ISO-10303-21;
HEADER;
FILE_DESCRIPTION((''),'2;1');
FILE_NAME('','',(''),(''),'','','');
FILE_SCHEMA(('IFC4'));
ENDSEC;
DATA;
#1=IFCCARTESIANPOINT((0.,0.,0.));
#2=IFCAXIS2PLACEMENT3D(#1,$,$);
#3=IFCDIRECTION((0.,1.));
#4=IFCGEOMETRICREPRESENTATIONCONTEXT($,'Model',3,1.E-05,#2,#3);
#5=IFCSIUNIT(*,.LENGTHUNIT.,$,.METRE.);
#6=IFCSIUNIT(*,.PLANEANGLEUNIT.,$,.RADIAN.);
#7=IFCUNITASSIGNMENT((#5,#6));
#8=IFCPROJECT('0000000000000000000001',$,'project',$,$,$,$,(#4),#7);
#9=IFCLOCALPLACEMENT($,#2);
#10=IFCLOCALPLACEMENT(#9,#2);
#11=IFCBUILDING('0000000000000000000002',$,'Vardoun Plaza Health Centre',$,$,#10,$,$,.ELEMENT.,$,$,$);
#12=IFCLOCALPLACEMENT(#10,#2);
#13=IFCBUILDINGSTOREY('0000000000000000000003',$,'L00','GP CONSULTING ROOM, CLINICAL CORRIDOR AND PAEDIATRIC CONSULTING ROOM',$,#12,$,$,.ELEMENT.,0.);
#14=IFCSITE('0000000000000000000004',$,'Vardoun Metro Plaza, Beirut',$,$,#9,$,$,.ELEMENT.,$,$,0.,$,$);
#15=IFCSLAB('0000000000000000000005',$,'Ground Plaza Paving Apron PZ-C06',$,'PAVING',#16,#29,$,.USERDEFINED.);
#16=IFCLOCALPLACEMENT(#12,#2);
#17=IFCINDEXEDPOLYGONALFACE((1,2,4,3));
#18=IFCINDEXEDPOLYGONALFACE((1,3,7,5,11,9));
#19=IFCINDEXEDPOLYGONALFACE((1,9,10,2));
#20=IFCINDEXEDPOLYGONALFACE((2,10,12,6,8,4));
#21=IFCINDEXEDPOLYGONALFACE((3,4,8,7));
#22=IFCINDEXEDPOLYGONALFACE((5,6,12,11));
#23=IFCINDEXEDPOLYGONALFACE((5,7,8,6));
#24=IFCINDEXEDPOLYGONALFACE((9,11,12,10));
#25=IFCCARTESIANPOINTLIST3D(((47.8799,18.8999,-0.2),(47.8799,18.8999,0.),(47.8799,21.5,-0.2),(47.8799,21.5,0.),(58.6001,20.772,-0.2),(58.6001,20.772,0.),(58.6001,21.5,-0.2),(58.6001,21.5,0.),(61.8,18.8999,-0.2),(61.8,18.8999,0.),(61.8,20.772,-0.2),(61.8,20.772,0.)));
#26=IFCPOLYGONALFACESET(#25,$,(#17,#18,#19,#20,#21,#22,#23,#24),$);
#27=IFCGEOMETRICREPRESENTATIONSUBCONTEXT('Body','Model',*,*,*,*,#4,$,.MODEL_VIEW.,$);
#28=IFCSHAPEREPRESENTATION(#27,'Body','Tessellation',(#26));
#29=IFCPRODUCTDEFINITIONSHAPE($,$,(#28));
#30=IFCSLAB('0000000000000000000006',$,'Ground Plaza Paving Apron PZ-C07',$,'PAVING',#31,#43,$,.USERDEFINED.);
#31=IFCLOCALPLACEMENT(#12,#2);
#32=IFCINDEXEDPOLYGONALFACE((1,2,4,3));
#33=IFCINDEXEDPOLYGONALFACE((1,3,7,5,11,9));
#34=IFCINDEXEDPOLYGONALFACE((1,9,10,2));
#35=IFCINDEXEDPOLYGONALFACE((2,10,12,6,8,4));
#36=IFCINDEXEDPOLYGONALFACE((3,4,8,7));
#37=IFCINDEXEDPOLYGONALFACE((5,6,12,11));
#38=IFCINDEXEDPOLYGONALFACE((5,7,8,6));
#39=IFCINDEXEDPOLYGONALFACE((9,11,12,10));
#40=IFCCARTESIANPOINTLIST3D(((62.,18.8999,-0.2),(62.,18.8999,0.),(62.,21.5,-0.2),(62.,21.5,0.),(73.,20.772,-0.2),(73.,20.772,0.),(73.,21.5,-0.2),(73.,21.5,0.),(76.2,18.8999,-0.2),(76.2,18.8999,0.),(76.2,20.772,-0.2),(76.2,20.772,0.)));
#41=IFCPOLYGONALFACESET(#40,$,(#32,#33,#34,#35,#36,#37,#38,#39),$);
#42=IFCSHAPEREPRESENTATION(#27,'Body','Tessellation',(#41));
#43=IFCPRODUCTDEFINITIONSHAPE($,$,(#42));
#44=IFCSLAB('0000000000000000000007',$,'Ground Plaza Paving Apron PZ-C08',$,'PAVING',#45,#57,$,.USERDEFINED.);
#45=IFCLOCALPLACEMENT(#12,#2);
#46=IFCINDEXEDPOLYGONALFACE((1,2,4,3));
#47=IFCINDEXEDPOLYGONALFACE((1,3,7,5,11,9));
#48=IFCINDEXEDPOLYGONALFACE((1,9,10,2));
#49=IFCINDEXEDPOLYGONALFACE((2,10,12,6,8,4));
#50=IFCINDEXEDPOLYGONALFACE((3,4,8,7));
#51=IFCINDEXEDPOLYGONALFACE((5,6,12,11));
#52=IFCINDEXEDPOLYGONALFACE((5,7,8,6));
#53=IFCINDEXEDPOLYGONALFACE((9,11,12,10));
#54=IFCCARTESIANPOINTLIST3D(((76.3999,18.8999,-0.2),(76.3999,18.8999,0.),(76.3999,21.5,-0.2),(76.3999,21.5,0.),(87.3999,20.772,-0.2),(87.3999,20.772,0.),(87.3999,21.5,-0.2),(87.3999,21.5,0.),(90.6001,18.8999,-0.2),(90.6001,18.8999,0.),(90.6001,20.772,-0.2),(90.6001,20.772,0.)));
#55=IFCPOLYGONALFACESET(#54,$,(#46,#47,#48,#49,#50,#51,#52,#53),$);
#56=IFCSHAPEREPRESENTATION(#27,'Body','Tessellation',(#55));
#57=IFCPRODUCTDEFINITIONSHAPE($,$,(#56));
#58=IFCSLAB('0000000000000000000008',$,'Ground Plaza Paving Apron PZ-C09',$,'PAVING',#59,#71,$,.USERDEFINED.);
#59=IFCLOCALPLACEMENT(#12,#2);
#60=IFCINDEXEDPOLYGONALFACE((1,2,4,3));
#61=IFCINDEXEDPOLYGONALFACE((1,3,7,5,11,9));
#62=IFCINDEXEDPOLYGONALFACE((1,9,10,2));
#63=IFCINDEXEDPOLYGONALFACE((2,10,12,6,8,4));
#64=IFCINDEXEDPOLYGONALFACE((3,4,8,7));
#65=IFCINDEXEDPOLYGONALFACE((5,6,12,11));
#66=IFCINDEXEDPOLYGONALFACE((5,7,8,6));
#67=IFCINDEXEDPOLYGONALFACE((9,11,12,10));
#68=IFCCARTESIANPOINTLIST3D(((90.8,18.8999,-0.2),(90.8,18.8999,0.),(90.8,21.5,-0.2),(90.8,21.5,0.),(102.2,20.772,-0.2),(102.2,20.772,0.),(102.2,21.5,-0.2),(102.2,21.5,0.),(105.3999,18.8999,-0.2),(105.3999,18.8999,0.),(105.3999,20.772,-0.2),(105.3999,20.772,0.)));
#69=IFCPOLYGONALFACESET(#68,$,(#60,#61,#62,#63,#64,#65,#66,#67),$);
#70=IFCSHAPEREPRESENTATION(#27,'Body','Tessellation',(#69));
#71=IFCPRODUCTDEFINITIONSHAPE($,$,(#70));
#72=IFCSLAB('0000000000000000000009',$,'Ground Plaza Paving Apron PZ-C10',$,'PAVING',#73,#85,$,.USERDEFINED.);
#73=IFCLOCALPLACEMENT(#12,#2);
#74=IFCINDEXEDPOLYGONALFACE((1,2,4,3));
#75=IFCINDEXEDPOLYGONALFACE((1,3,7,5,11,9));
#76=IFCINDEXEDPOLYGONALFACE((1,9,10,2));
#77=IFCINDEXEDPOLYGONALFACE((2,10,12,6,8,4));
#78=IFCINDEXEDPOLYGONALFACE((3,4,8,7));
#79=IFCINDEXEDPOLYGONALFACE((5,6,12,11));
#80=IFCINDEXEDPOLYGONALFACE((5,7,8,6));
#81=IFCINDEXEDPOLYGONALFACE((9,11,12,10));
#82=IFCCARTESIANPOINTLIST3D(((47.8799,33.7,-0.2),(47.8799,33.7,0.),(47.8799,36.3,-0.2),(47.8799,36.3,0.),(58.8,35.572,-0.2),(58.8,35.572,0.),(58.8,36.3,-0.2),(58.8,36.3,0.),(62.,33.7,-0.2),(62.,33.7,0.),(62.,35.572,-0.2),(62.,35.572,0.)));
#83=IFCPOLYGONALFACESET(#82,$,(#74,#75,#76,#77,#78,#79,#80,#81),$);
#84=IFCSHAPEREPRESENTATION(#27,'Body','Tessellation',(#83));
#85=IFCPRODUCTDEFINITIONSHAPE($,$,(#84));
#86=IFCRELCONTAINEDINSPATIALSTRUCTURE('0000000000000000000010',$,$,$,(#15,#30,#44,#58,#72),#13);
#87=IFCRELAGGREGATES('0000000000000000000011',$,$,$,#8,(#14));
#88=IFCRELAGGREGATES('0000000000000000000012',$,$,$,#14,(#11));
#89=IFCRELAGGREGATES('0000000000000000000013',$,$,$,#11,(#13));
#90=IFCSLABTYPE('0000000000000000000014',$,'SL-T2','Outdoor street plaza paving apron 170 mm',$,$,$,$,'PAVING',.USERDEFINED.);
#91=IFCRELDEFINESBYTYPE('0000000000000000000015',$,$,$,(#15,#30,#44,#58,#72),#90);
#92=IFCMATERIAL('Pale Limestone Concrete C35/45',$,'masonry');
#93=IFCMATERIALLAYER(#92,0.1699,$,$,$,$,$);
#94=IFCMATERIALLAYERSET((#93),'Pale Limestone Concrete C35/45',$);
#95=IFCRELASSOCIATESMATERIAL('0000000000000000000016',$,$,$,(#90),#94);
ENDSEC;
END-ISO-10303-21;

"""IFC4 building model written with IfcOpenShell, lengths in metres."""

from ifc_helpers import new_model, si_unit, direction, frame, origin, place, context, subcontext, project, spatial, polyline, outline, extrude, material, layer, layer_set, type_object, element, save


model = new_model("IFC4")

# Units and contexts
model_context = context("Model", 3, precision=1e-05, world=origin(), true_north=direction((0.0, 1.0)))
body_context = subcontext(model_context, "Body", "Model", "MODEL_VIEW")
ifc_project = project(units=[si_unit("LENGTHUNIT", "METRE"), si_unit("PLANEANGLEUNIT", "RADIAN")], contexts=[model_context])

# Site, building, storey
site_placement = place(None, origin())
site = spatial("IfcSite", under=ifc_project, at=site_placement, Name="Vardoun Metro Plaza, Beirut", CompositionType="ELEMENT", RefElevation=0.0)
building_placement = place(site_placement, origin())
building = spatial("IfcBuilding", under=site, at=building_placement, Name="Vardoun Plaza Health Centre", CompositionType="ELEMENT")
storey_placement = place(building_placement, origin())
storey = spatial("IfcBuildingStorey", under=building, at=storey_placement, Name="L00", Description="GP CONSULTING ROOM, CLINICAL CORRIDOR AND PAEDIATRIC CONSULTING ROOM", CompositionType="ELEMENT", Elevation=0.0)

# Slabs
ifc_material_1 = material(Name="Pale Limestone Concrete C35/45", Category="masonry")
ifc_layer_1 = layer(ifc_material_1, 0.1699)
ifc_layer_set_1 = layer_set([ifc_layer_1], Name="Pale Limestone Concrete C35/45")
slab_type_1 = type_object("IfcSlabType", Name="SL-T2", Description="Outdoor street plaza paving apron 170 mm", ElementType="PAVING", PredefinedType="USERDEFINED", material=ifc_layer_set_1)
slab_1_placement = place(storey_placement, frame((0.0, 0.0, -0.2)))
element("IfcSlab", 1, at=slab_1_placement, inside=storey, type_object=slab_type_1, Name="Ground Plaza Paving Apron PZ-C06", ObjectType="PAVING", PredefinedType="USERDEFINED", context=body_context, shape_type="SweptSolid", body=[
    extrude(outline(polyline([(47.8799, 18.8999), (61.8, 18.8999), (61.8, 20.772), (58.6001, 20.772), (58.6001, 21.5), (47.8799, 21.5), (47.8799, 18.8999)])), origin(), (0.0, 0.0, 1.0), 0.2),
])
slab_2_placement = place(storey_placement, frame((0.0, 0.0, -0.2)))
element("IfcSlab", 2, at=slab_2_placement, inside=storey, type_object=slab_type_1, Name="Ground Plaza Paving Apron PZ-C07", ObjectType="PAVING", PredefinedType="USERDEFINED", context=body_context, shape_type="SweptSolid", body=[
    extrude(outline(polyline([(62.0, 18.8999), (76.2, 18.8999), (76.2, 20.772), (73.0, 20.772), (73.0, 21.5), (62.0, 21.5), (62.0, 18.8999)])), origin(), (0.0, 0.0, 1.0), 0.2),
])
slab_3_placement = place(storey_placement, frame((0.0, 0.0, -0.2)))
element("IfcSlab", 3, at=slab_3_placement, inside=storey, type_object=slab_type_1, Name="Ground Plaza Paving Apron PZ-C08", ObjectType="PAVING", PredefinedType="USERDEFINED", context=body_context, shape_type="SweptSolid", body=[
    extrude(outline(polyline([(76.3999, 18.8999), (90.6001, 18.8999), (90.6001, 20.772), (87.3999, 20.772), (87.3999, 21.5), (76.3999, 21.5), (76.3999, 18.8999)])), origin(), (0.0, 0.0, 1.0), 0.2),
])
slab_4_placement = place(storey_placement, frame((0.0, 0.0, -0.2)))
element("IfcSlab", 4, at=slab_4_placement, inside=storey, type_object=slab_type_1, Name="Ground Plaza Paving Apron PZ-C09", ObjectType="PAVING", PredefinedType="USERDEFINED", context=body_context, shape_type="SweptSolid", body=[
    extrude(outline(polyline([(90.8, 18.8999), (105.3999, 18.8999), (105.3999, 20.772), (102.2, 20.772), (102.2, 21.5), (90.8, 21.5), (90.8, 18.8999)])), origin(), (0.0, 0.0, 1.0), 0.2),
])
slab_5_placement = place(storey_placement, frame((0.0, 0.0, -0.2)))
element("IfcSlab", 5, at=slab_5_placement, inside=storey, type_object=slab_type_1, Name="Ground Plaza Paving Apron PZ-C10", ObjectType="PAVING", PredefinedType="USERDEFINED", context=body_context, shape_type="SweptSolid", body=[
    extrude(outline(polyline([(47.8799, 33.7), (62.0, 33.7), (62.0, 35.572), (58.8, 35.572), (58.8, 36.3), (47.8799, 36.3), (47.8799, 33.7)])), origin(), (0.0, 0.0, 1.0), 0.2),
])

save(model, "model.ifc")
